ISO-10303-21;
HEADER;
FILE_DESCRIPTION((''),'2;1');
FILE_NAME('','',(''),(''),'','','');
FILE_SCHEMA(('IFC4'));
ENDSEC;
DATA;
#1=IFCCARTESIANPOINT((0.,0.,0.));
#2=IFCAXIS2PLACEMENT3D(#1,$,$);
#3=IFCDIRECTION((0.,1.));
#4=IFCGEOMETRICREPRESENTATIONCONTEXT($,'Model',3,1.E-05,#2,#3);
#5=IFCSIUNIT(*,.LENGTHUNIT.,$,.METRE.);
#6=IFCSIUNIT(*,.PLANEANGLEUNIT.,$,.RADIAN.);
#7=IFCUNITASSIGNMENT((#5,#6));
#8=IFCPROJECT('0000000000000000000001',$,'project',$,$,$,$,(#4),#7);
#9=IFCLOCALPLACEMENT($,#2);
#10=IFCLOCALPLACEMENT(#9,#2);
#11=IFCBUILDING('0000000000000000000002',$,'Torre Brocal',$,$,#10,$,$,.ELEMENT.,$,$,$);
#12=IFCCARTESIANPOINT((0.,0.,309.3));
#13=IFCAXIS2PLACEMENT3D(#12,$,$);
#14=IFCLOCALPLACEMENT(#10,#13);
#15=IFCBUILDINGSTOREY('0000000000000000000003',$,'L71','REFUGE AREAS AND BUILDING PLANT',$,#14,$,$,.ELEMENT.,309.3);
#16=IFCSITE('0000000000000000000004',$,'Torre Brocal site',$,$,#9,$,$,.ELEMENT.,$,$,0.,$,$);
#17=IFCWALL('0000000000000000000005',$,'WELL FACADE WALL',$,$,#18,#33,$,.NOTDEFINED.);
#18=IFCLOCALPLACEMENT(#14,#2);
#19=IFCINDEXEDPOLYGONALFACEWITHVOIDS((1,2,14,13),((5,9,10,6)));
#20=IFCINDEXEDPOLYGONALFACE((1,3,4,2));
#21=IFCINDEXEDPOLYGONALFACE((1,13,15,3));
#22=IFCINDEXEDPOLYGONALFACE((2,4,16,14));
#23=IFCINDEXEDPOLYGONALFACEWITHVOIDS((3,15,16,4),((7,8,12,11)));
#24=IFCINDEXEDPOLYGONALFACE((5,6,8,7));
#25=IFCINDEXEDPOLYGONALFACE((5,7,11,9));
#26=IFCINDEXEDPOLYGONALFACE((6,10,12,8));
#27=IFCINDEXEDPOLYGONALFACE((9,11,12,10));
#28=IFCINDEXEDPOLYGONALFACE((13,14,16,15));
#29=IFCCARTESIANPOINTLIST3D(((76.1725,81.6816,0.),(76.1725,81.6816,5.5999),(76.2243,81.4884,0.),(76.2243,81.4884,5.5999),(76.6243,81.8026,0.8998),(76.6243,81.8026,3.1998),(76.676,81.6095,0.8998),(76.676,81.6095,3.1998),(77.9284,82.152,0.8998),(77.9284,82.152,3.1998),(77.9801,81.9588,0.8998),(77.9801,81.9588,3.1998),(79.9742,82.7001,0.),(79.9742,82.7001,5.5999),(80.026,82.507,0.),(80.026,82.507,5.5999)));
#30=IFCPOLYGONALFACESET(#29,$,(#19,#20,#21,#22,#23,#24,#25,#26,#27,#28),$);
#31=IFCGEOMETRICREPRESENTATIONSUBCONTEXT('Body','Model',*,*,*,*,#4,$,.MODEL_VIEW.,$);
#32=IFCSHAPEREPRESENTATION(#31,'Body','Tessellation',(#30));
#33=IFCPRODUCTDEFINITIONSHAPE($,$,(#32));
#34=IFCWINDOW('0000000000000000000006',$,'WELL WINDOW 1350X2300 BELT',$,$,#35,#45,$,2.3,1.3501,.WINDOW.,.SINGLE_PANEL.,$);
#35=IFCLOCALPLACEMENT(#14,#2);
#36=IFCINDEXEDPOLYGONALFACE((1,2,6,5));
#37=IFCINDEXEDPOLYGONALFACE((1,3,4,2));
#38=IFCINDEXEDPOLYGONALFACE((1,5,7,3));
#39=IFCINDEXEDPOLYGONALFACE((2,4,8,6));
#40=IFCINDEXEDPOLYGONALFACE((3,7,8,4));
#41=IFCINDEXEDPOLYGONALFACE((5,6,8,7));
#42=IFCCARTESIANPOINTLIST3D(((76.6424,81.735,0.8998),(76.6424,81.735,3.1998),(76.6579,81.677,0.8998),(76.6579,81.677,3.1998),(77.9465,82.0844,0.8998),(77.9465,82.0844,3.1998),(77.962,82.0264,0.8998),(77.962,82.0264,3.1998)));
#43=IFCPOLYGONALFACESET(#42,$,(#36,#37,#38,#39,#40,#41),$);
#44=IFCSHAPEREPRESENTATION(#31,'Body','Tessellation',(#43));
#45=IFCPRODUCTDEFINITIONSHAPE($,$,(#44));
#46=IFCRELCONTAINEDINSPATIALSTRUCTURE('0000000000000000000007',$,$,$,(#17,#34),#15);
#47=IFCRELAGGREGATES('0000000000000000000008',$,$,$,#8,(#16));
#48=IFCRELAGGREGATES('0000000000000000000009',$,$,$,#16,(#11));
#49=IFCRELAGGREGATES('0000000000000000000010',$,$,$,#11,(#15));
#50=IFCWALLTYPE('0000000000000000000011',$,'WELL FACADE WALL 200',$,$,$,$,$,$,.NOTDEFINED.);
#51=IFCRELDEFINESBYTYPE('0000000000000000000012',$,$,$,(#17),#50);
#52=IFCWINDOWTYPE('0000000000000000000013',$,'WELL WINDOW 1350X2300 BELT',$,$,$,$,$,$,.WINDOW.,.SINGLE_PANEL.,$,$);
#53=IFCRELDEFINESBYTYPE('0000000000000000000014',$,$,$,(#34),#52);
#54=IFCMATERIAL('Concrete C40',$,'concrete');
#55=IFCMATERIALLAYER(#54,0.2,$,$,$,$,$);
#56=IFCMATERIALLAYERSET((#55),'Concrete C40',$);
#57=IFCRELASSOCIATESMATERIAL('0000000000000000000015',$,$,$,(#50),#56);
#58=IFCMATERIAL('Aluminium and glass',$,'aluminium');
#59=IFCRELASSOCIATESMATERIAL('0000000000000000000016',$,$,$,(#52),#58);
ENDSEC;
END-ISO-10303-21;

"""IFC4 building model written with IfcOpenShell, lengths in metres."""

from ifc_helpers import new_model, si_unit, direction, frame, frame_2d, origin, place, context, subcontext, project, spatial, rectangle, extrude, material, layer, layer_set, type_object, element, fill, save


model = new_model("IFC4")

# Units and contexts
model_context = context("Model", 3, precision=1e-05, world=origin(), true_north=direction((0.0, 1.0)))
body_context = subcontext(model_context, "Body", "Model", "MODEL_VIEW")
ifc_project = project(units=[si_unit("LENGTHUNIT", "METRE"), si_unit("PLANEANGLEUNIT", "RADIAN")], contexts=[model_context])

# Site, building, storey
site_placement = place(None, origin())
site = spatial("IfcSite", under=ifc_project, at=site_placement, Name="Torre Brocal site", CompositionType="ELEMENT", RefElevation=0.0)
building_placement = place(site_placement, origin())
building = spatial("IfcBuilding", under=site, at=building_placement, Name="Torre Brocal", CompositionType="ELEMENT")
storey_placement = place(building_placement, frame((0.0, 0.0, 309.3)))
storey = spatial("IfcBuildingStorey", under=building, at=storey_placement, Name="L71", Description="REFUGE AREAS AND BUILDING PLANT", CompositionType="ELEMENT", Elevation=309.3)

# Wall, opening, window
ifc_material_1 = material(Name="Concrete C40", Category="concrete")
ifc_layer_1 = layer(ifc_material_1, 0.2)
ifc_layer_set_1 = layer_set([ifc_layer_1], Name="Concrete C40")
wall_type_1 = type_object("IfcWallType", Name="WELL FACADE WALL 200", PredefinedType="NOTDEFINED", material=ifc_layer_set_1)
ifc_material_2 = material(Name="Aluminium and glass", Category="aluminium")
window_type_1 = type_object("IfcWindowType", Name="WELL WINDOW 1350X2300 BELT", PartitioningType="SINGLE_PANEL", PredefinedType="WINDOW", material=ifc_material_2)
wall_1_placement = place(storey_placement, frame((80.0, 82.6035, 0.0), z_axis=(0.0, 0.0, 1.0), x_axis=(-0.965934, -0.25879, 0.0)))
wall_1 = element("IfcWall", 1, at=wall_1_placement, inside=storey, type_object=wall_type_1, Name="WELL FACADE WALL", PredefinedType="NOTDEFINED", context=body_context, shape_type="SweptSolid", body=[
    extrude(rectangle(XDim=3.9358, YDim=0.2, at=frame_2d((1.9678, 0.0))), origin(), (0.0, 0.0, 1.0), 5.5999),
])
opening_1_placement = place(wall_1_placement, frame((2.1179, 0.0, 0.8999)))
opening_1 = element("IfcOpeningElement", 2, at=opening_1_placement, cuts=wall_1, PredefinedType="OPENING", context=body_context, shape_type="SweptSolid", body=[
    extrude(rectangle(XDim=1.3501, YDim=2.3, at=frame_2d((0.675, 1.1499))), frame((0.0, 0.1099, 0.0), z_axis=(0.0, -1.0, 0.0), x_axis=(1.0, 0.0, 0.0)), (0.0, 0.0, 1.0), 0.22),
])
window_1_placement = place(opening_1_placement, origin())
window_1 = element("IfcWindow", 3, at=window_1_placement, inside=storey, type_object=window_type_1, Name="WELL WINDOW 1350X2300 BELT", OverallHeight=2.3, OverallWidth=1.3501, PartitioningType="SINGLE_PANEL", PredefinedType="WINDOW", context=body_context, shape_type="SweptSolid", body=[
    extrude(rectangle(XDim=1.3501, YDim=2.3, at=frame_2d((0.675, 1.1499))), frame((0.0, 0.03, 0.0), z_axis=(0.0, -1.0, 0.0), x_axis=(1.0, 0.0, 0.0)), (0.0, 0.0, 1.0), 0.0601),
])
fill(opening_1, window_1)

save(model, "model.ifc")
